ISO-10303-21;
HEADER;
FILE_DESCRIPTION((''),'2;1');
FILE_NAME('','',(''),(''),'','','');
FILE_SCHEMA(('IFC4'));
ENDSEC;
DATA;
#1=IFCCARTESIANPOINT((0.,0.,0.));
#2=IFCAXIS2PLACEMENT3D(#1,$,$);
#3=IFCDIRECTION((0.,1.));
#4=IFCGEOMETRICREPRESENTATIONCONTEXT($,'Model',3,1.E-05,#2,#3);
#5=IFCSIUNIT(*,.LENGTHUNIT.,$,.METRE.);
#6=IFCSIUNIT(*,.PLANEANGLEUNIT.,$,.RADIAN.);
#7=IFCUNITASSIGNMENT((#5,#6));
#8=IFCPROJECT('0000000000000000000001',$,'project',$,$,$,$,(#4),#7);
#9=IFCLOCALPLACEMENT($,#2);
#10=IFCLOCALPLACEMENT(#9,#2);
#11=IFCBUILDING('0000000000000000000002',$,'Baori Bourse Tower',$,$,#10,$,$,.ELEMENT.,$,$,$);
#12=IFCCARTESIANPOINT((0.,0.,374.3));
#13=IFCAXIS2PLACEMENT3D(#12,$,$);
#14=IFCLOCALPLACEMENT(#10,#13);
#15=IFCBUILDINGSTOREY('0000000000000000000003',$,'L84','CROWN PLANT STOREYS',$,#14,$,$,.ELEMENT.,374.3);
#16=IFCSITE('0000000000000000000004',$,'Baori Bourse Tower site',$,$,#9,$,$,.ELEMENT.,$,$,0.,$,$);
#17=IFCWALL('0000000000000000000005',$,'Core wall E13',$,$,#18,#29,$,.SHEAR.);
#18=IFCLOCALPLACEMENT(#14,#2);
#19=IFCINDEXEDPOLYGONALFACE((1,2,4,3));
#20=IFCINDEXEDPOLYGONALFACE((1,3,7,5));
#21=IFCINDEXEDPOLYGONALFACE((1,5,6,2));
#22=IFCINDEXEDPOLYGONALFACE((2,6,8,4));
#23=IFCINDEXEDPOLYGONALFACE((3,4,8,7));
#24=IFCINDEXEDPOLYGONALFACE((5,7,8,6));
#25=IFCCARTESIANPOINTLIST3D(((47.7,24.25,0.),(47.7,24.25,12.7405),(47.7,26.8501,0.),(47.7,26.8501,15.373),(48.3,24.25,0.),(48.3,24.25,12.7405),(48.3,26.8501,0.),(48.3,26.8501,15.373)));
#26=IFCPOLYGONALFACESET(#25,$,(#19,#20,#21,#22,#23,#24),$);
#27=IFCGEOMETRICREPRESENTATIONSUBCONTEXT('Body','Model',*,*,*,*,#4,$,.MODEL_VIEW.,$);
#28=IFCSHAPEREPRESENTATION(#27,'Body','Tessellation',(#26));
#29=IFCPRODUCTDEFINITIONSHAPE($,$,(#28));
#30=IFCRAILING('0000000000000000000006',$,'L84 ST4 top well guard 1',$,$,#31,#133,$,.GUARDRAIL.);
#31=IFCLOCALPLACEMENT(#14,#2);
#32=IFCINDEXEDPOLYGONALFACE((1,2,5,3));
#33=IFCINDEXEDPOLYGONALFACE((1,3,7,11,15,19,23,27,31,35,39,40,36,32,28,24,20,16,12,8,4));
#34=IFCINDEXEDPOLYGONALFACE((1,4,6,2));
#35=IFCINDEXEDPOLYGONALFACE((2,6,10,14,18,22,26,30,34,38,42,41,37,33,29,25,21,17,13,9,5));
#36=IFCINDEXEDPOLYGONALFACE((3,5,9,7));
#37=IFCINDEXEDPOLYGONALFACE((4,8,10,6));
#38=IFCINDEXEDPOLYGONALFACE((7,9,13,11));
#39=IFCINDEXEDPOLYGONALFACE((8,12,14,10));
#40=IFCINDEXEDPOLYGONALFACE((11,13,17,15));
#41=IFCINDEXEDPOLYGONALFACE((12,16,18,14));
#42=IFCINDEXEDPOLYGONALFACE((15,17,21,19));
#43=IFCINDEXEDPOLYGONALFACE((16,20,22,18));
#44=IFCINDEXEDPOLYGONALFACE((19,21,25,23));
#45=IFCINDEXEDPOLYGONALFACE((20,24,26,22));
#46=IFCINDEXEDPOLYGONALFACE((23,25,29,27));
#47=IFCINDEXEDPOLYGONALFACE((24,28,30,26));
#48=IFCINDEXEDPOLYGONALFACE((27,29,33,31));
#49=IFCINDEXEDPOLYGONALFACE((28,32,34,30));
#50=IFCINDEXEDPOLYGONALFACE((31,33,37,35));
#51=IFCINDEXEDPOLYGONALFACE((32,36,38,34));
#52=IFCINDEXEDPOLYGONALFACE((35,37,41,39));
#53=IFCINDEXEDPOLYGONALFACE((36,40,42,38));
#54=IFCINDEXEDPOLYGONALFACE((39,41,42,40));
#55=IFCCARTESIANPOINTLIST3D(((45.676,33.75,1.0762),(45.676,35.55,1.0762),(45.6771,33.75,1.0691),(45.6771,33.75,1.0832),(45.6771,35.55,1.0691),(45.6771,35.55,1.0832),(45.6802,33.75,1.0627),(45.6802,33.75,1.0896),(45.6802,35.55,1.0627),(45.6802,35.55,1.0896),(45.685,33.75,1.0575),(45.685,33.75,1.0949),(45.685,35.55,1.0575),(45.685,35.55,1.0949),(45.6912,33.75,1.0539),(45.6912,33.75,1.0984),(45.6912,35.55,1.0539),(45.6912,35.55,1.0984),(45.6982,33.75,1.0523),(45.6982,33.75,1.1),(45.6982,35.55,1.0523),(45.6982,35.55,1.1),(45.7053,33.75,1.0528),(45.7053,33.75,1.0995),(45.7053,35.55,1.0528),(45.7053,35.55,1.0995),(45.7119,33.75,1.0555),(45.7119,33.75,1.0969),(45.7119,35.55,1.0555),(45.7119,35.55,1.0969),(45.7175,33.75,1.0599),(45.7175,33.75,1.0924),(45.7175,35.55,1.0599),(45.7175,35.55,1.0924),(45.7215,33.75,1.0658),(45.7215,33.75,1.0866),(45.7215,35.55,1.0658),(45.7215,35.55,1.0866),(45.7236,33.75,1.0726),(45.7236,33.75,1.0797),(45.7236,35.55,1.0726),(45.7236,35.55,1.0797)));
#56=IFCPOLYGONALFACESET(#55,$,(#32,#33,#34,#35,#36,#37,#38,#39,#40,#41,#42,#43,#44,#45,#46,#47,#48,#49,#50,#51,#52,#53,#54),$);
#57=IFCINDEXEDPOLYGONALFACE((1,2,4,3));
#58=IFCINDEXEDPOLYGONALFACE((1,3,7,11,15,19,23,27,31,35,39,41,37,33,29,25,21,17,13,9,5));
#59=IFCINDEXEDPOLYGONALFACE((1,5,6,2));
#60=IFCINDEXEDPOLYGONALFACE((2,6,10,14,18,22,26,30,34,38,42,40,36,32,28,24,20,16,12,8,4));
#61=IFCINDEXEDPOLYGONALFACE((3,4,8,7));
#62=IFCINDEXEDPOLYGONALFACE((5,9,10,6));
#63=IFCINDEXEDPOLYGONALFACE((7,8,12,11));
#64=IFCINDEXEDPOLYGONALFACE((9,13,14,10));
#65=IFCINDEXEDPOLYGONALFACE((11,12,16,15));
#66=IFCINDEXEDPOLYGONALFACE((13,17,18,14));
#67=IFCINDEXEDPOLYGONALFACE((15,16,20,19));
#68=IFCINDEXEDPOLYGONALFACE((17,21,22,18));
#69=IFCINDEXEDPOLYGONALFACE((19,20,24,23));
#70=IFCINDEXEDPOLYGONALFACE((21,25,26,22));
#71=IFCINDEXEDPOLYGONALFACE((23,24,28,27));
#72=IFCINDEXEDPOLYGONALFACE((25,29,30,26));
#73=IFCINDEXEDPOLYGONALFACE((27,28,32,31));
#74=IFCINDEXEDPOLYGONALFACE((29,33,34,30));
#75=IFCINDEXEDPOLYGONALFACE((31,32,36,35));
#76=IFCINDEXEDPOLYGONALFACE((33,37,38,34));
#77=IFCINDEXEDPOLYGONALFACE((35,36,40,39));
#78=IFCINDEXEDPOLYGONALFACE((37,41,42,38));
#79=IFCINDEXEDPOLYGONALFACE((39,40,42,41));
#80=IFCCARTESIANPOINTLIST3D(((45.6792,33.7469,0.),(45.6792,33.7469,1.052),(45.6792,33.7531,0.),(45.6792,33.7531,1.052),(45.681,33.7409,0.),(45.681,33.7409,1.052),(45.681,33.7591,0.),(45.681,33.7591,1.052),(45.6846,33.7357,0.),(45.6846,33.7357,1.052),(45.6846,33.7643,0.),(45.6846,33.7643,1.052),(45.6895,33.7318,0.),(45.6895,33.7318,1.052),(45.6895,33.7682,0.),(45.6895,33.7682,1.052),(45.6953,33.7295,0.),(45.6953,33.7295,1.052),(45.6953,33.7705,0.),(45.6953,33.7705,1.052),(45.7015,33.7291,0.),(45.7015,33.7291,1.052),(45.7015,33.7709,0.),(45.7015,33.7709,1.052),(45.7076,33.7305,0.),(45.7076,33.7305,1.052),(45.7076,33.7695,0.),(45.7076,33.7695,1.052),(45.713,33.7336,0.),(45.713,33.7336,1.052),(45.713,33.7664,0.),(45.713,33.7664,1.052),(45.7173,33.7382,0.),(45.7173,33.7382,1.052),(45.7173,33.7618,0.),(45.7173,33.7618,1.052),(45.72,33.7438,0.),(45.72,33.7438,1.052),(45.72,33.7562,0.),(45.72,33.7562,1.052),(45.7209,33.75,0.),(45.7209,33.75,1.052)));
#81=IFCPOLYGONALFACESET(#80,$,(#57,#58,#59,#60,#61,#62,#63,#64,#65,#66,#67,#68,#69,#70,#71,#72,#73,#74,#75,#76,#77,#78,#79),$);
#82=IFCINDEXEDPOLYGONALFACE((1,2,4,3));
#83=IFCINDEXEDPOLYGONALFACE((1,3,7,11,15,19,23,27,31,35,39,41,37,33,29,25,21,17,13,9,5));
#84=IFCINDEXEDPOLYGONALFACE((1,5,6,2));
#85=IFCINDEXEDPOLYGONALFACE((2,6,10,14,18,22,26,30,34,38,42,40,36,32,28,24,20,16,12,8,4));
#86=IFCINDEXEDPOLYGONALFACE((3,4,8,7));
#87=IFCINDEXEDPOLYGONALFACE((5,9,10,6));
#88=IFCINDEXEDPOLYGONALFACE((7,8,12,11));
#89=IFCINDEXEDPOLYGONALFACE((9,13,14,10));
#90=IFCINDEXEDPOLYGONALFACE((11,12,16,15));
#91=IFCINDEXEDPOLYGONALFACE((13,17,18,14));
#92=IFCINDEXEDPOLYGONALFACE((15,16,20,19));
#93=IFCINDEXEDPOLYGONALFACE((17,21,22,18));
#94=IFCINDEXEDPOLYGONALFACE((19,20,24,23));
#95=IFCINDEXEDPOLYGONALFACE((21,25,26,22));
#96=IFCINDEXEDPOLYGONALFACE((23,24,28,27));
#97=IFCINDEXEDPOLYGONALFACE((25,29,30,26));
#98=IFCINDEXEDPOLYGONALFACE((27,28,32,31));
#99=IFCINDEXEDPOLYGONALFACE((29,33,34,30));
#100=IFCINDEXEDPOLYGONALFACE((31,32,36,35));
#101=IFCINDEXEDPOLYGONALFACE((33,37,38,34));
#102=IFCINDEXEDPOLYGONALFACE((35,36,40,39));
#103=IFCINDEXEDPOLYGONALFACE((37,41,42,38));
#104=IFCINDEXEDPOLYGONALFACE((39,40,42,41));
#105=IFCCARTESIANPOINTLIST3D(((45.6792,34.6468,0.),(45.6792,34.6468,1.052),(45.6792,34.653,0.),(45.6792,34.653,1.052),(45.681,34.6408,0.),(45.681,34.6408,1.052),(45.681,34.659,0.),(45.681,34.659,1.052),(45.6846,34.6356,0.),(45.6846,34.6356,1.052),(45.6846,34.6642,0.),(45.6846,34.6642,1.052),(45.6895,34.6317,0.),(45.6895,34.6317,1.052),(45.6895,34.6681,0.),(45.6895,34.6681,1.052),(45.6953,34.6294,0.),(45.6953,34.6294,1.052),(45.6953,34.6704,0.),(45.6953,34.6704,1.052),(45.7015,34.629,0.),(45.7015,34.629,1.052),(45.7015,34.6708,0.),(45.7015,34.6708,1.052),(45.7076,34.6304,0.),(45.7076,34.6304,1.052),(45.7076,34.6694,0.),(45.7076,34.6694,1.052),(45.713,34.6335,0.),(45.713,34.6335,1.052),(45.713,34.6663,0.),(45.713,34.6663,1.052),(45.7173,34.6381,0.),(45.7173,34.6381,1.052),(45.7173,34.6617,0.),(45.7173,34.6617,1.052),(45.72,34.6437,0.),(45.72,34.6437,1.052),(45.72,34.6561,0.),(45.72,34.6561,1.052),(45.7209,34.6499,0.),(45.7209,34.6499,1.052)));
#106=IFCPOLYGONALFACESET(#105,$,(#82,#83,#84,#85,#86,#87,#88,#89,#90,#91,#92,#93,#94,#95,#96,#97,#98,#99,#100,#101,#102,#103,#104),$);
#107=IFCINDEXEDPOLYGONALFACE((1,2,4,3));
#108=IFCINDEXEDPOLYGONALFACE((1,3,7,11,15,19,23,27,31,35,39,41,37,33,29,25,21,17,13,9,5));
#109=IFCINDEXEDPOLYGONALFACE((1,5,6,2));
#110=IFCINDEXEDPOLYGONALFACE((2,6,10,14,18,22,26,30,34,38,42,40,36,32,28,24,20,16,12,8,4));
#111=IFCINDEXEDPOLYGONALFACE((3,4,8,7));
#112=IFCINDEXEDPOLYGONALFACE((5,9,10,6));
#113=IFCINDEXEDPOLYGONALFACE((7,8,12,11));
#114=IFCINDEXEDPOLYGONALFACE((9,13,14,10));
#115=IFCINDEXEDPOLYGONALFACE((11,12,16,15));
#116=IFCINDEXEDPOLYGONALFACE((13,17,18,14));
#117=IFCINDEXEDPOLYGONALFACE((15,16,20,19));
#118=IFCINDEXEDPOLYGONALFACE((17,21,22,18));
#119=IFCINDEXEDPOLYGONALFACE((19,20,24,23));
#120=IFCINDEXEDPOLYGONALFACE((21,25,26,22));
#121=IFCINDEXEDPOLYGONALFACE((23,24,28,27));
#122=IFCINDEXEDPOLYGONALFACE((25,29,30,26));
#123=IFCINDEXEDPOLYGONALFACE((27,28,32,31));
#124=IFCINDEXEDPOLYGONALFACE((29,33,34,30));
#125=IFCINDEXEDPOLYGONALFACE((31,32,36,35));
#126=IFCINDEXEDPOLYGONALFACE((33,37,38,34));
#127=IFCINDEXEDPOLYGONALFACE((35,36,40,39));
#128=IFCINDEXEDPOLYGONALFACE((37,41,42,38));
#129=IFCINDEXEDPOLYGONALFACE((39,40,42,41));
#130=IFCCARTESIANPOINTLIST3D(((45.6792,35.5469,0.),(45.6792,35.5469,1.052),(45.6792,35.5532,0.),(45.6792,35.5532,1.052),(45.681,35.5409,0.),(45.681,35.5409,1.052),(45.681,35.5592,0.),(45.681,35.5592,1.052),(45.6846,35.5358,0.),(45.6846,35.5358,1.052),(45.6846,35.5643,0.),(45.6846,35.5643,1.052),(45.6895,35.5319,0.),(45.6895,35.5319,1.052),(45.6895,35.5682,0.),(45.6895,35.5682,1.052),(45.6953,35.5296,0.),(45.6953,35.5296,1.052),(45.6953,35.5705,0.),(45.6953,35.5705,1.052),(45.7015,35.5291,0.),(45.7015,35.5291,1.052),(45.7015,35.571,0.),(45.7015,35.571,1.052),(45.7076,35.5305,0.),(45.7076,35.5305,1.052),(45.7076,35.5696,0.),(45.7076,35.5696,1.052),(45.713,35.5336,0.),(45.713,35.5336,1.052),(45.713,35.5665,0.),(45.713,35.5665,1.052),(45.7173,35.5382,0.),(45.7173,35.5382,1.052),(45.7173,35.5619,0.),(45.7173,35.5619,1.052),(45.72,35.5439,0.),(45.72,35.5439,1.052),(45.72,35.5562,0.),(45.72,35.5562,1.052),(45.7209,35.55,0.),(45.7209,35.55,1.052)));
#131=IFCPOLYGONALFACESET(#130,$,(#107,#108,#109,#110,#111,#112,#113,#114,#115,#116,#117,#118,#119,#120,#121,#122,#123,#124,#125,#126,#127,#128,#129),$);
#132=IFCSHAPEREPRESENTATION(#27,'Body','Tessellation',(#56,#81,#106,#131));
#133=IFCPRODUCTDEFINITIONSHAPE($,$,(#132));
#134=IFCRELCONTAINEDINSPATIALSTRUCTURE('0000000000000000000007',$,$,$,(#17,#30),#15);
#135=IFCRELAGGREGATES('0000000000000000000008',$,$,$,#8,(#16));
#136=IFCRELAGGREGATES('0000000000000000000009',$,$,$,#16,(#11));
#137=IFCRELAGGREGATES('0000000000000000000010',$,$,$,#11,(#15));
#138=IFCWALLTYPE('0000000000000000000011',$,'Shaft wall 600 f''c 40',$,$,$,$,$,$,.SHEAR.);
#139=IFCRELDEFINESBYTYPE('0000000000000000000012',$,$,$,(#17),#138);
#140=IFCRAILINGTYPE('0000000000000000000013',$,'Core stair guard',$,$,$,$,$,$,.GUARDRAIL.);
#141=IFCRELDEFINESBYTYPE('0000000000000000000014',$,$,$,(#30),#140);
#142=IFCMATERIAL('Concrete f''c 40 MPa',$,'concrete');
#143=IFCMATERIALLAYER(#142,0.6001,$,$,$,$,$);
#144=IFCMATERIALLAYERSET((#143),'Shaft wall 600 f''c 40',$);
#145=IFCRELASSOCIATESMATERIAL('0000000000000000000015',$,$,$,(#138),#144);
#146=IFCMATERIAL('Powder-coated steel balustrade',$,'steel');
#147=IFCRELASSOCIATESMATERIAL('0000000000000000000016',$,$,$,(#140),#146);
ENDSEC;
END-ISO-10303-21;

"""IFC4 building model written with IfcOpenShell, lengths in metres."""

from ifc_helpers import new_model, si_unit, direction, frame, origin, origin_2d, place, context, subcontext, project, spatial, polyline, circle, outline, extrude, material, layer, layer_set, type_object, element, save


model = new_model("IFC4")

# Units and contexts
model_context = context("Model", 3, precision=1e-05, world=origin(), true_north=direction((0.0, 1.0)))
body_context = subcontext(model_context, "Body", "Model", "MODEL_VIEW")
ifc_project = project(units=[si_unit("LENGTHUNIT", "METRE"), si_unit("PLANEANGLEUNIT", "RADIAN")], contexts=[model_context])

# Site, building, storey
site_placement = place(None, origin())
site = spatial("IfcSite", under=ifc_project, at=site_placement, Name="Baori Bourse Tower site", CompositionType="ELEMENT", RefElevation=0.0)
building_placement = place(site_placement, origin())
building = spatial("IfcBuilding", under=site, at=building_placement, Name="Baori Bourse Tower", CompositionType="ELEMENT")
storey_placement = place(building_placement, frame((0.0, 0.0, 374.3)))
storey = spatial("IfcBuildingStorey", under=building, at=storey_placement, Name="L84", Description="CROWN PLANT STOREYS", CompositionType="ELEMENT", Elevation=374.3)

# Wall
ifc_material_1 = material(Name="Concrete f'c 40 MPa", Category="concrete")
ifc_layer_1 = layer(ifc_material_1, 0.6001)
ifc_layer_set_1 = layer_set([ifc_layer_1], Name="Shaft wall 600 f'c 40")
wall_type_1 = type_object("IfcWallType", Name="Shaft wall 600 f'c 40", PredefinedType="SHEAR", material=ifc_layer_set_1)
wall_1_placement = place(storey_placement, frame((48.0, 24.25, 0.0), z_axis=(0.0, 0.0, 1.0), x_axis=(0.0, 1.0, 0.0)))
element("IfcWall", 1, at=wall_1_placement, inside=storey, type_object=wall_type_1, Name="Core wall E13", PredefinedType="SHEAR", context=body_context, shape_type="SweptSolid", body=[
    extrude(outline(polyline([(0.0, 0.0), (2.6001, 0.0), (2.6001, 15.373), (0.0, 12.7405), (0.0, 0.0)])), frame((0.0, 0.3, 0.0), z_axis=(0.0, -1.0, 0.0), x_axis=(1.0, 0.0, 0.0)), (0.0, 0.0, 1.0), 0.6001),
])

# Railing
ifc_material_2 = material(Name="Powder-coated steel balustrade", Category="steel")
railing_type = type_object("IfcRailingType", Name="Core stair guard", PredefinedType="GUARDRAIL", material=ifc_material_2)
railing_placement = place(storey_placement, frame((45.7, 33.75, 0.0)))
element("IfcRailing", 2, at=railing_placement, inside=storey, type_object=railing_type, Name="L84 ST4 top well guard 1", PredefinedType="GUARDRAIL", context=body_context, shape_type="SweptSolid", body=[
    extrude(circle(Radius=0.0239, at=origin_2d()), frame((0.0, 0.0, 1.0762), z_axis=(0.0, 1.0, 0.0), x_axis=(-1.0, 0.0, 0.0)), (0.0, 0.0, 1.0), 1.8),
    extrude(circle(Radius=0.021, at=origin_2d()), origin(), (0.0, 0.0, 1.0), 1.052),
    extrude(circle(Radius=0.021, at=origin_2d()), frame((0.0, 0.8999, 0.0)), (0.0, 0.0, 1.0), 1.052),
    extrude(circle(Radius=0.021, at=origin_2d()), frame((0.0, 1.8, 0.0)), (0.0, 0.0, 1.0), 1.052),
])

save(model, "model.ifc")
